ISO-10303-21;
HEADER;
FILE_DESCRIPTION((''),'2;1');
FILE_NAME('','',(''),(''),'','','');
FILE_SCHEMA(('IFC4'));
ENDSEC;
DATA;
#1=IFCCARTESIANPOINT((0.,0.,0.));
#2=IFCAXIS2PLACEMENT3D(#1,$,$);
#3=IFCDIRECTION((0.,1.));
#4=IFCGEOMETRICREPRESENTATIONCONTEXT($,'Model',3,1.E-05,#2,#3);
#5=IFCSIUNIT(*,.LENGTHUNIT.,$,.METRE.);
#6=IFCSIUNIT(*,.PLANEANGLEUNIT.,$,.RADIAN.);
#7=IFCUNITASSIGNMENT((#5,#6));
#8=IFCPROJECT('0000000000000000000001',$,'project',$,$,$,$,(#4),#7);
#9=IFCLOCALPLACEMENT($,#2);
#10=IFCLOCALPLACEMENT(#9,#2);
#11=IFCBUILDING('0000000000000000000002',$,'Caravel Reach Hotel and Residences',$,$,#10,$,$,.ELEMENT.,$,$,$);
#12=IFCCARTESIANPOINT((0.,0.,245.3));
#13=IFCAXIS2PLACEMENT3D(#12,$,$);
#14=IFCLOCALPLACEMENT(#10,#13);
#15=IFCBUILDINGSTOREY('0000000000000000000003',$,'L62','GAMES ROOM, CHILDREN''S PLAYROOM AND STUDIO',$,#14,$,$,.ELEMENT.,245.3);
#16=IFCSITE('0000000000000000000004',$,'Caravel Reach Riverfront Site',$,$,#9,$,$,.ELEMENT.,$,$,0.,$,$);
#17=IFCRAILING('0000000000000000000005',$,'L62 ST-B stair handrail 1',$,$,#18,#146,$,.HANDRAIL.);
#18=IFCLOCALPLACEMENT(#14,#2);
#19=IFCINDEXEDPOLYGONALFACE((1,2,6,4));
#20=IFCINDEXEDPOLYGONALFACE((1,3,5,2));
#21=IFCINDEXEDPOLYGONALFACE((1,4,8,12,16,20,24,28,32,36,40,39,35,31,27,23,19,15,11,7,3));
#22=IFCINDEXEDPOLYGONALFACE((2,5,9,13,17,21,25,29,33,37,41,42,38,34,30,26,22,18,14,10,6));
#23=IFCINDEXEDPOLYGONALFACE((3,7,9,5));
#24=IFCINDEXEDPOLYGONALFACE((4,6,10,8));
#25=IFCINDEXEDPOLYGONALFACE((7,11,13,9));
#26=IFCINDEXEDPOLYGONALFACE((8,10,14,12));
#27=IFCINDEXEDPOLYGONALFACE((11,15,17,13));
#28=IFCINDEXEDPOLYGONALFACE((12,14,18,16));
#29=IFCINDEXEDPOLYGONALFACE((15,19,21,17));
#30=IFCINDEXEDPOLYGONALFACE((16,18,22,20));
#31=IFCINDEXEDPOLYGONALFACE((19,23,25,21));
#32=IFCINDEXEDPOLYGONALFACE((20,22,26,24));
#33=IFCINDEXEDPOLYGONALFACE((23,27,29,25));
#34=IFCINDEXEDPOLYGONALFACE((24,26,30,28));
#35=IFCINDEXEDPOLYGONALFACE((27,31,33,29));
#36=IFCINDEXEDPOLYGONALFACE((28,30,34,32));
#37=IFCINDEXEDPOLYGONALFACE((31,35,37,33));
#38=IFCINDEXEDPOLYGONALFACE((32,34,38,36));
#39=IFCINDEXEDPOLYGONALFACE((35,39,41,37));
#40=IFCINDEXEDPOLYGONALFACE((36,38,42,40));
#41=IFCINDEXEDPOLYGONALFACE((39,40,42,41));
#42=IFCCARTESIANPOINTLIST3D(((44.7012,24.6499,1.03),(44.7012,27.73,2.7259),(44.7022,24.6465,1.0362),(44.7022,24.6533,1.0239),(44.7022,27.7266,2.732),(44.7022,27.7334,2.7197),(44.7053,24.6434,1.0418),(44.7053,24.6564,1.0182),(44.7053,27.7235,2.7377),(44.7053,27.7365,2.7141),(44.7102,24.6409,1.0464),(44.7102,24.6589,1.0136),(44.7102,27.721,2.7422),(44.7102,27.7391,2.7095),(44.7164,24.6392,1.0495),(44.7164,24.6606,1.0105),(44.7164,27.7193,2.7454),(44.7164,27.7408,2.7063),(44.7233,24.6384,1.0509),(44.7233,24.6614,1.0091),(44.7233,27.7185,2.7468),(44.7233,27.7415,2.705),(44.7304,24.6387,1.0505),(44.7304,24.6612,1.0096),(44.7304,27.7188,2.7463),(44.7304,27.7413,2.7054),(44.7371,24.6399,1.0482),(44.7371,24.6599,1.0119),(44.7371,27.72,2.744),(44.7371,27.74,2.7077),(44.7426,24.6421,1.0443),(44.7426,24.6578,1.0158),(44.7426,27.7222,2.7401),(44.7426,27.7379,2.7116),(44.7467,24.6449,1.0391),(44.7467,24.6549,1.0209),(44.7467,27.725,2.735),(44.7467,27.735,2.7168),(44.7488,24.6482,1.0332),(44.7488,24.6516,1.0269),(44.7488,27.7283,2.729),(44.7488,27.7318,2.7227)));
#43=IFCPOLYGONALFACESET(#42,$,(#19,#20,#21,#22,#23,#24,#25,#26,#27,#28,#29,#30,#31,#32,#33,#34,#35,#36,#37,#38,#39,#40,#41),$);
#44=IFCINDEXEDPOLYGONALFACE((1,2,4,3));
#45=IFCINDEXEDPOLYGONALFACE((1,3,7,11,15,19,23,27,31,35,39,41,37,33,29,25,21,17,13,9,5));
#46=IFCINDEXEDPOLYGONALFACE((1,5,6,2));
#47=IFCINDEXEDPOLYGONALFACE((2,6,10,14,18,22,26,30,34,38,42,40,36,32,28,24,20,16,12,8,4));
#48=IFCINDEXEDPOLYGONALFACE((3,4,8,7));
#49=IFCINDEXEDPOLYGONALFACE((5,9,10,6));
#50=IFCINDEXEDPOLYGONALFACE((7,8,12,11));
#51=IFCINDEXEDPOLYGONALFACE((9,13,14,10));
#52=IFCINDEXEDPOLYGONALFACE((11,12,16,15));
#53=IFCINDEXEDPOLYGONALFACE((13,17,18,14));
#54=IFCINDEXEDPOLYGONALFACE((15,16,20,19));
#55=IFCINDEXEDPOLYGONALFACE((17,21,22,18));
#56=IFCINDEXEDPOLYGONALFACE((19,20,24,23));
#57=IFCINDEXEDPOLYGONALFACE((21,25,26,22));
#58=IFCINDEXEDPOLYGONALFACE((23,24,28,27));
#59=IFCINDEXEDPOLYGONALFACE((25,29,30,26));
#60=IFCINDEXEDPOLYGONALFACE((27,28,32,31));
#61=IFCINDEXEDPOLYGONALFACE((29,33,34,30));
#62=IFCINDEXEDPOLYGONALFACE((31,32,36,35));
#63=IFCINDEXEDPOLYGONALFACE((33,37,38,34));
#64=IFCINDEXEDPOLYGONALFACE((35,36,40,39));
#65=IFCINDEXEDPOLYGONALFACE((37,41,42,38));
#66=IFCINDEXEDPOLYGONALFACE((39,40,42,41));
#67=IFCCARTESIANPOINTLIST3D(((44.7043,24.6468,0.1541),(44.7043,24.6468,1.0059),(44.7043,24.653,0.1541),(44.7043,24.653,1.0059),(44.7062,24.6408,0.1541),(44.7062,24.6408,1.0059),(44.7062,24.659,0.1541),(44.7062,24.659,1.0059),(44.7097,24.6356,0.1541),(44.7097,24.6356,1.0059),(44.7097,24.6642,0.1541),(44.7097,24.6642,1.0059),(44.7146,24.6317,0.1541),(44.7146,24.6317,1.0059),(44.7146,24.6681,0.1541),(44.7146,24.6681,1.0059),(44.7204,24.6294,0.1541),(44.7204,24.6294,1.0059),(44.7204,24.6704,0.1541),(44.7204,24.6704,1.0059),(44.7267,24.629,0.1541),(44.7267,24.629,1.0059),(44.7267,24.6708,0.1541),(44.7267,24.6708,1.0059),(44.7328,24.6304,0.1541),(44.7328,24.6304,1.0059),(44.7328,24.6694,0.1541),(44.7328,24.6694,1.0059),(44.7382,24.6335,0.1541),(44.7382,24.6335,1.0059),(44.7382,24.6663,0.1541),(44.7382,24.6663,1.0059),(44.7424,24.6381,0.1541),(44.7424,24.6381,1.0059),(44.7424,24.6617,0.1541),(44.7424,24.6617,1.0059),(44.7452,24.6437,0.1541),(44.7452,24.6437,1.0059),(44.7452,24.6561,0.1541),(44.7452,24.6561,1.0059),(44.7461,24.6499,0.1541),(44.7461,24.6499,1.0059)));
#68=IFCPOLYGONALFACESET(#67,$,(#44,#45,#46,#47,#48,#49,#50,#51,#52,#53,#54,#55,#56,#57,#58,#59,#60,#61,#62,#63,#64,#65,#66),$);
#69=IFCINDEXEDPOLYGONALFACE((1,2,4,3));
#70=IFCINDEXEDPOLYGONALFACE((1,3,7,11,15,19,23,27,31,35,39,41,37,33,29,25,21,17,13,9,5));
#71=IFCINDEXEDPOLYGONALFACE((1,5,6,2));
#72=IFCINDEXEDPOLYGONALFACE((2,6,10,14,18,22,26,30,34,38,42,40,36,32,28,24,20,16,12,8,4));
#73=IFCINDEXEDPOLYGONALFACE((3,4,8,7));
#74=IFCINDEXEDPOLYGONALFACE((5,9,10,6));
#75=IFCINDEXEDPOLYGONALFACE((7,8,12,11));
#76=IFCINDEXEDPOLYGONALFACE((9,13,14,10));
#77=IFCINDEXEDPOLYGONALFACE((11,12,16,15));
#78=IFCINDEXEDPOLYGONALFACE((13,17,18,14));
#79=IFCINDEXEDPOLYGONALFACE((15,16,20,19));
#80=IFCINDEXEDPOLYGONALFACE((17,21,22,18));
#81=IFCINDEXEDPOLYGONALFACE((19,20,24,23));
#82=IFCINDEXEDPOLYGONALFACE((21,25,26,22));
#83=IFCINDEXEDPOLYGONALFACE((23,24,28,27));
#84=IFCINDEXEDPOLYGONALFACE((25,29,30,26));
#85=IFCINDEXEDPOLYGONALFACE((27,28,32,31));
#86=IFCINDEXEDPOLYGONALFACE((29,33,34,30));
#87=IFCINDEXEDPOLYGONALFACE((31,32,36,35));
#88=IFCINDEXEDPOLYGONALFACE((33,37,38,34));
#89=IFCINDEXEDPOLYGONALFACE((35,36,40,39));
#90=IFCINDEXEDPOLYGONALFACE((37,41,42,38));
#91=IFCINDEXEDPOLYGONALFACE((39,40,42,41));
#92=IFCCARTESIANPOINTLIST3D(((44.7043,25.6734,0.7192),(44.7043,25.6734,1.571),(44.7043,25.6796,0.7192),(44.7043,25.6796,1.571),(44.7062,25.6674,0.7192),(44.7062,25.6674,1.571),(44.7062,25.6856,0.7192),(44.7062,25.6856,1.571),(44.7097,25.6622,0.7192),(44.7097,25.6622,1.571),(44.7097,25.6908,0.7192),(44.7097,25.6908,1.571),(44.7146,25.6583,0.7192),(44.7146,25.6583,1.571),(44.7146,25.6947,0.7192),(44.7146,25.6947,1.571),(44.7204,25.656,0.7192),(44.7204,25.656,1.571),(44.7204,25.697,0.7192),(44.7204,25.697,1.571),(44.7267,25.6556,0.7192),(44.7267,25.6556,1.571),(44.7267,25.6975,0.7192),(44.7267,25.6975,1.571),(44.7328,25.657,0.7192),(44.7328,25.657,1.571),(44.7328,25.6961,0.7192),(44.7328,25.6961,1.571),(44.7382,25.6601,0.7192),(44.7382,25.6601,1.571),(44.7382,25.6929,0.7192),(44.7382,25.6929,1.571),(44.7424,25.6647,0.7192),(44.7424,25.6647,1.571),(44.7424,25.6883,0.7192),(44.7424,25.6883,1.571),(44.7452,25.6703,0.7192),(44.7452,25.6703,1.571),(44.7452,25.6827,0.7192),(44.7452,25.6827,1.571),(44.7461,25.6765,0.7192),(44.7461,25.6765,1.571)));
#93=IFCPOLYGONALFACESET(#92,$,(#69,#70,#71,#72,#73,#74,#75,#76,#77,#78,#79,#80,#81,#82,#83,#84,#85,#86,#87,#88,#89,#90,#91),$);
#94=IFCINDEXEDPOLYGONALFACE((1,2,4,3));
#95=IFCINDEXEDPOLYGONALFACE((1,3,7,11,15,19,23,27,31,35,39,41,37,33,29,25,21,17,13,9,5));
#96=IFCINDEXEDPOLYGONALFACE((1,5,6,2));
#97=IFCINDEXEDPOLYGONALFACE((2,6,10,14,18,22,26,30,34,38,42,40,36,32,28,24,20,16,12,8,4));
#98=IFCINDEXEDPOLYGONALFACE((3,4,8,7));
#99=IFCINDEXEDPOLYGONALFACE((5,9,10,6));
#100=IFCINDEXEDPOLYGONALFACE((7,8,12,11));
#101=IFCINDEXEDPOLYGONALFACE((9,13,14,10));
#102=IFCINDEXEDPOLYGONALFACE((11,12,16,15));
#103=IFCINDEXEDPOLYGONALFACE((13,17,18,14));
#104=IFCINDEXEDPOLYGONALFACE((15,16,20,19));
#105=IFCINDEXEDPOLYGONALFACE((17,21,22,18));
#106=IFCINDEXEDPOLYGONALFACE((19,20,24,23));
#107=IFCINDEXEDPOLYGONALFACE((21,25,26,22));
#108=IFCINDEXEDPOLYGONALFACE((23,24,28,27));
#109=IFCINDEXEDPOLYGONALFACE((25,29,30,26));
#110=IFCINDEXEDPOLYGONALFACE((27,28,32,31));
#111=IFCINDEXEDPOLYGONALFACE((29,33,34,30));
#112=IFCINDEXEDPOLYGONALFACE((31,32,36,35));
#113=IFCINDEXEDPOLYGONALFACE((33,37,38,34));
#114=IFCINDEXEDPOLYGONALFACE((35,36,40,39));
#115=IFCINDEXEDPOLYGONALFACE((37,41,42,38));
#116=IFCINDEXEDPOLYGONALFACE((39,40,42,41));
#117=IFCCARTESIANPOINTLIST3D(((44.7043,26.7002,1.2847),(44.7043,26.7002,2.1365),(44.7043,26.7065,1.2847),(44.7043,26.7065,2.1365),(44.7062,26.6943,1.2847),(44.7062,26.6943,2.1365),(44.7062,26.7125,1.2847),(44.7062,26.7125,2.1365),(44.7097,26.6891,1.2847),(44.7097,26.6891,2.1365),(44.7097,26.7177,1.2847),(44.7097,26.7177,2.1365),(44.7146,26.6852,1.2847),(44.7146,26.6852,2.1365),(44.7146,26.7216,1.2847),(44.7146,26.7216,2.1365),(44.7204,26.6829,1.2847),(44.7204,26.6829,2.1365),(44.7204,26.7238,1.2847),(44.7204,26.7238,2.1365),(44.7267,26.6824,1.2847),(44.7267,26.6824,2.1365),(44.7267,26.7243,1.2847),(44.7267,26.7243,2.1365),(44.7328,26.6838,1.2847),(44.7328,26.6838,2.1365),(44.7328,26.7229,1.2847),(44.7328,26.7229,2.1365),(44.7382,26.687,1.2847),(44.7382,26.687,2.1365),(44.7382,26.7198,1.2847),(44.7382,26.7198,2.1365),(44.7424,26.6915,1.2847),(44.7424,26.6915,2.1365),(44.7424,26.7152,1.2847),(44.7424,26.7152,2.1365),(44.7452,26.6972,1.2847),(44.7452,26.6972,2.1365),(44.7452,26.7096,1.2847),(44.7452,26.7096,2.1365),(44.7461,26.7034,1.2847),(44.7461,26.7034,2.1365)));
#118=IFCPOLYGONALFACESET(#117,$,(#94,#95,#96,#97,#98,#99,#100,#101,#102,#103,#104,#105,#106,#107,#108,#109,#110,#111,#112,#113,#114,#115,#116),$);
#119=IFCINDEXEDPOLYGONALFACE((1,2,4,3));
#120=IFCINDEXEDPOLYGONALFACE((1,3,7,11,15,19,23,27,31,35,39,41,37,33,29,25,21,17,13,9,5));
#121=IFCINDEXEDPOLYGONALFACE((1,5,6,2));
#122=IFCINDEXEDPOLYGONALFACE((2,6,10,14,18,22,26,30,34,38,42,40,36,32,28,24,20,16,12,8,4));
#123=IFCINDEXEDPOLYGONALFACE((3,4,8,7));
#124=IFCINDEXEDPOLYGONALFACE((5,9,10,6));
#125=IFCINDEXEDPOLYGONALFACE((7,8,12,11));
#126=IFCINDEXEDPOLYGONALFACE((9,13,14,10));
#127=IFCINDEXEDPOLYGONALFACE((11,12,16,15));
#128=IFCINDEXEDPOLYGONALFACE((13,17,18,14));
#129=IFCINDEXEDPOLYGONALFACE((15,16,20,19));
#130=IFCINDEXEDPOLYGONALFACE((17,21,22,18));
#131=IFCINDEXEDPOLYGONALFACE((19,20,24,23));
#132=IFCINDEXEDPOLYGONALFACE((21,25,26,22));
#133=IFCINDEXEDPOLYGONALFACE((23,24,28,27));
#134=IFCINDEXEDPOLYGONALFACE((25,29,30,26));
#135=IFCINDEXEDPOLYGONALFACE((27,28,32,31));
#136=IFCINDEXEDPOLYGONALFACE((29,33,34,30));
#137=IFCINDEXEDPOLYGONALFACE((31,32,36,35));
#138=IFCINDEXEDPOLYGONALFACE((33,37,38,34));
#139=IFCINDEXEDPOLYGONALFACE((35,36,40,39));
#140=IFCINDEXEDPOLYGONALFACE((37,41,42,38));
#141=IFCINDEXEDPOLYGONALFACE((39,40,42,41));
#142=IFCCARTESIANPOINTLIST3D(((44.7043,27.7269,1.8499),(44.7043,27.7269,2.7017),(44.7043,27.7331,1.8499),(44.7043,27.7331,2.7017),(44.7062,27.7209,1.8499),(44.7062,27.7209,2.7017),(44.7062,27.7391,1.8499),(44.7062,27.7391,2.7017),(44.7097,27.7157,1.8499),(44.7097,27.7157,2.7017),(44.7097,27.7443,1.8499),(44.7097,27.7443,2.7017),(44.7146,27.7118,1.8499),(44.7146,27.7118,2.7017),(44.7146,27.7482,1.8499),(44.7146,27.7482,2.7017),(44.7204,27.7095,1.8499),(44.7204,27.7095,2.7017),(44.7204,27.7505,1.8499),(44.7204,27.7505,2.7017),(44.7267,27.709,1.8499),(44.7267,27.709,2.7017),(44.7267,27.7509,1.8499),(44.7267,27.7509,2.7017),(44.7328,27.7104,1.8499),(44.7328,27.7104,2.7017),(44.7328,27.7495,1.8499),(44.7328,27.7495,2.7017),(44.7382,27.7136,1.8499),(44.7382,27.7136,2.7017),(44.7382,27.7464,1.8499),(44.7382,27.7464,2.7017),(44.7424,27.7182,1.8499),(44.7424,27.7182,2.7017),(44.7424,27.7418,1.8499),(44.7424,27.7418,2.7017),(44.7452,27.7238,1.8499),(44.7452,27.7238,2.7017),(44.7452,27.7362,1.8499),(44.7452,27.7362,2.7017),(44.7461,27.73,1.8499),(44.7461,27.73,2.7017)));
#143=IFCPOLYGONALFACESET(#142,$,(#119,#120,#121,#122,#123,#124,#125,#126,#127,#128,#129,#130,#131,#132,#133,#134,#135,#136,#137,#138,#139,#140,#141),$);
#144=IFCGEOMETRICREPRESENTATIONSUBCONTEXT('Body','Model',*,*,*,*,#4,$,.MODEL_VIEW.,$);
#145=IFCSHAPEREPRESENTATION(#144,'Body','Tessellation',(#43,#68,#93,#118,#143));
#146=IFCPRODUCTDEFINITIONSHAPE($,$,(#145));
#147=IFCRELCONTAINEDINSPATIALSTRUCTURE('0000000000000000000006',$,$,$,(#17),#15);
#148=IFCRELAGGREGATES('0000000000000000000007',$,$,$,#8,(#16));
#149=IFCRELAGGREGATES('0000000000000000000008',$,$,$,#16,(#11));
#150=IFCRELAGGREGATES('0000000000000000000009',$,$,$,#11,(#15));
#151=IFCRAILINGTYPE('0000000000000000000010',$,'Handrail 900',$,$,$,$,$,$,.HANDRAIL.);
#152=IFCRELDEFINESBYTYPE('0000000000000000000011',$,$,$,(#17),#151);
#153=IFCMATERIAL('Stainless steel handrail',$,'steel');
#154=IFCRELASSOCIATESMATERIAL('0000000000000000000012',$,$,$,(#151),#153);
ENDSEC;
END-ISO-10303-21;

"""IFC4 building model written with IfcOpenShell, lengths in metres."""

from ifc_helpers import new_model, si_unit, direction, frame, origin, origin_2d, place, context, subcontext, project, spatial, circle, extrude, material, type_object, element, save


model = new_model("IFC4")

# Units and contexts
model_context = context("Model", 3, precision=1e-05, world=origin(), true_north=direction((0.0, 1.0)))
body_context = subcontext(model_context, "Body", "Model", "MODEL_VIEW")
ifc_project = project(units=[si_unit("LENGTHUNIT", "METRE"), si_unit("PLANEANGLEUNIT", "RADIAN")], contexts=[model_context])

# Site, building, storey
site_placement = place(None, origin())
site = spatial("IfcSite", under=ifc_project, at=site_placement, Name="Caravel Reach Riverfront Site", CompositionType="ELEMENT", RefElevation=0.0)
building_placement = place(site_placement, origin())
building = spatial("IfcBuilding", under=site, at=building_placement, Name="Caravel Reach Hotel and Residences", CompositionType="ELEMENT")
storey_placement = place(building_placement, frame((0.0, 0.0, 245.3)))
storey = spatial("IfcBuildingStorey", under=building, at=storey_placement, Name="L62", Description="GAMES ROOM, CHILDREN'S PLAYROOM AND STUDIO", CompositionType="ELEMENT", Elevation=245.3)

# Railing
ifc_material_1 = material(Name="Stainless steel handrail", Category="steel")
railing_type_1 = type_object("IfcRailingType", Name="Handrail 900", PredefinedType="HANDRAIL", material=ifc_material_1)
railing_1_placement = place(storey_placement, frame((44.7251, 24.6499, 0.1541)))
element("IfcRailing", 1, at=railing_1_placement, inside=storey, type_object=railing_type_1, Name="L62 ST-B stair handrail 1", PredefinedType="HANDRAIL", context=body_context, shape_type="SweptSolid", body=[
    extrude(circle(Radius=0.0239, at=origin_2d()), frame((0.0, 0.0, 0.876), z_axis=(0.0, 0.876005, 0.482303), x_axis=(-1.0, 0.0, 0.0)), (0.0, 0.0, 1.0), 3.5161),
    extrude(circle(Radius=0.021, at=origin_2d()), origin(), (0.0, 0.0, 1.0), 0.8518),
    extrude(circle(Radius=0.021, at=origin_2d()), frame((0.0, 1.0266, 0.5652)), (0.0, 0.0, 1.0), 0.8518),
    extrude(circle(Radius=0.021, at=origin_2d()), frame((0.0, 2.0535, 1.1306)), (0.0, 0.0, 1.0), 0.8518),
    extrude(circle(Radius=0.021, at=origin_2d()), frame((0.0, 3.0801, 1.6958)), (0.0, 0.0, 1.0), 0.8518),
])

save(model, "model.ifc")
